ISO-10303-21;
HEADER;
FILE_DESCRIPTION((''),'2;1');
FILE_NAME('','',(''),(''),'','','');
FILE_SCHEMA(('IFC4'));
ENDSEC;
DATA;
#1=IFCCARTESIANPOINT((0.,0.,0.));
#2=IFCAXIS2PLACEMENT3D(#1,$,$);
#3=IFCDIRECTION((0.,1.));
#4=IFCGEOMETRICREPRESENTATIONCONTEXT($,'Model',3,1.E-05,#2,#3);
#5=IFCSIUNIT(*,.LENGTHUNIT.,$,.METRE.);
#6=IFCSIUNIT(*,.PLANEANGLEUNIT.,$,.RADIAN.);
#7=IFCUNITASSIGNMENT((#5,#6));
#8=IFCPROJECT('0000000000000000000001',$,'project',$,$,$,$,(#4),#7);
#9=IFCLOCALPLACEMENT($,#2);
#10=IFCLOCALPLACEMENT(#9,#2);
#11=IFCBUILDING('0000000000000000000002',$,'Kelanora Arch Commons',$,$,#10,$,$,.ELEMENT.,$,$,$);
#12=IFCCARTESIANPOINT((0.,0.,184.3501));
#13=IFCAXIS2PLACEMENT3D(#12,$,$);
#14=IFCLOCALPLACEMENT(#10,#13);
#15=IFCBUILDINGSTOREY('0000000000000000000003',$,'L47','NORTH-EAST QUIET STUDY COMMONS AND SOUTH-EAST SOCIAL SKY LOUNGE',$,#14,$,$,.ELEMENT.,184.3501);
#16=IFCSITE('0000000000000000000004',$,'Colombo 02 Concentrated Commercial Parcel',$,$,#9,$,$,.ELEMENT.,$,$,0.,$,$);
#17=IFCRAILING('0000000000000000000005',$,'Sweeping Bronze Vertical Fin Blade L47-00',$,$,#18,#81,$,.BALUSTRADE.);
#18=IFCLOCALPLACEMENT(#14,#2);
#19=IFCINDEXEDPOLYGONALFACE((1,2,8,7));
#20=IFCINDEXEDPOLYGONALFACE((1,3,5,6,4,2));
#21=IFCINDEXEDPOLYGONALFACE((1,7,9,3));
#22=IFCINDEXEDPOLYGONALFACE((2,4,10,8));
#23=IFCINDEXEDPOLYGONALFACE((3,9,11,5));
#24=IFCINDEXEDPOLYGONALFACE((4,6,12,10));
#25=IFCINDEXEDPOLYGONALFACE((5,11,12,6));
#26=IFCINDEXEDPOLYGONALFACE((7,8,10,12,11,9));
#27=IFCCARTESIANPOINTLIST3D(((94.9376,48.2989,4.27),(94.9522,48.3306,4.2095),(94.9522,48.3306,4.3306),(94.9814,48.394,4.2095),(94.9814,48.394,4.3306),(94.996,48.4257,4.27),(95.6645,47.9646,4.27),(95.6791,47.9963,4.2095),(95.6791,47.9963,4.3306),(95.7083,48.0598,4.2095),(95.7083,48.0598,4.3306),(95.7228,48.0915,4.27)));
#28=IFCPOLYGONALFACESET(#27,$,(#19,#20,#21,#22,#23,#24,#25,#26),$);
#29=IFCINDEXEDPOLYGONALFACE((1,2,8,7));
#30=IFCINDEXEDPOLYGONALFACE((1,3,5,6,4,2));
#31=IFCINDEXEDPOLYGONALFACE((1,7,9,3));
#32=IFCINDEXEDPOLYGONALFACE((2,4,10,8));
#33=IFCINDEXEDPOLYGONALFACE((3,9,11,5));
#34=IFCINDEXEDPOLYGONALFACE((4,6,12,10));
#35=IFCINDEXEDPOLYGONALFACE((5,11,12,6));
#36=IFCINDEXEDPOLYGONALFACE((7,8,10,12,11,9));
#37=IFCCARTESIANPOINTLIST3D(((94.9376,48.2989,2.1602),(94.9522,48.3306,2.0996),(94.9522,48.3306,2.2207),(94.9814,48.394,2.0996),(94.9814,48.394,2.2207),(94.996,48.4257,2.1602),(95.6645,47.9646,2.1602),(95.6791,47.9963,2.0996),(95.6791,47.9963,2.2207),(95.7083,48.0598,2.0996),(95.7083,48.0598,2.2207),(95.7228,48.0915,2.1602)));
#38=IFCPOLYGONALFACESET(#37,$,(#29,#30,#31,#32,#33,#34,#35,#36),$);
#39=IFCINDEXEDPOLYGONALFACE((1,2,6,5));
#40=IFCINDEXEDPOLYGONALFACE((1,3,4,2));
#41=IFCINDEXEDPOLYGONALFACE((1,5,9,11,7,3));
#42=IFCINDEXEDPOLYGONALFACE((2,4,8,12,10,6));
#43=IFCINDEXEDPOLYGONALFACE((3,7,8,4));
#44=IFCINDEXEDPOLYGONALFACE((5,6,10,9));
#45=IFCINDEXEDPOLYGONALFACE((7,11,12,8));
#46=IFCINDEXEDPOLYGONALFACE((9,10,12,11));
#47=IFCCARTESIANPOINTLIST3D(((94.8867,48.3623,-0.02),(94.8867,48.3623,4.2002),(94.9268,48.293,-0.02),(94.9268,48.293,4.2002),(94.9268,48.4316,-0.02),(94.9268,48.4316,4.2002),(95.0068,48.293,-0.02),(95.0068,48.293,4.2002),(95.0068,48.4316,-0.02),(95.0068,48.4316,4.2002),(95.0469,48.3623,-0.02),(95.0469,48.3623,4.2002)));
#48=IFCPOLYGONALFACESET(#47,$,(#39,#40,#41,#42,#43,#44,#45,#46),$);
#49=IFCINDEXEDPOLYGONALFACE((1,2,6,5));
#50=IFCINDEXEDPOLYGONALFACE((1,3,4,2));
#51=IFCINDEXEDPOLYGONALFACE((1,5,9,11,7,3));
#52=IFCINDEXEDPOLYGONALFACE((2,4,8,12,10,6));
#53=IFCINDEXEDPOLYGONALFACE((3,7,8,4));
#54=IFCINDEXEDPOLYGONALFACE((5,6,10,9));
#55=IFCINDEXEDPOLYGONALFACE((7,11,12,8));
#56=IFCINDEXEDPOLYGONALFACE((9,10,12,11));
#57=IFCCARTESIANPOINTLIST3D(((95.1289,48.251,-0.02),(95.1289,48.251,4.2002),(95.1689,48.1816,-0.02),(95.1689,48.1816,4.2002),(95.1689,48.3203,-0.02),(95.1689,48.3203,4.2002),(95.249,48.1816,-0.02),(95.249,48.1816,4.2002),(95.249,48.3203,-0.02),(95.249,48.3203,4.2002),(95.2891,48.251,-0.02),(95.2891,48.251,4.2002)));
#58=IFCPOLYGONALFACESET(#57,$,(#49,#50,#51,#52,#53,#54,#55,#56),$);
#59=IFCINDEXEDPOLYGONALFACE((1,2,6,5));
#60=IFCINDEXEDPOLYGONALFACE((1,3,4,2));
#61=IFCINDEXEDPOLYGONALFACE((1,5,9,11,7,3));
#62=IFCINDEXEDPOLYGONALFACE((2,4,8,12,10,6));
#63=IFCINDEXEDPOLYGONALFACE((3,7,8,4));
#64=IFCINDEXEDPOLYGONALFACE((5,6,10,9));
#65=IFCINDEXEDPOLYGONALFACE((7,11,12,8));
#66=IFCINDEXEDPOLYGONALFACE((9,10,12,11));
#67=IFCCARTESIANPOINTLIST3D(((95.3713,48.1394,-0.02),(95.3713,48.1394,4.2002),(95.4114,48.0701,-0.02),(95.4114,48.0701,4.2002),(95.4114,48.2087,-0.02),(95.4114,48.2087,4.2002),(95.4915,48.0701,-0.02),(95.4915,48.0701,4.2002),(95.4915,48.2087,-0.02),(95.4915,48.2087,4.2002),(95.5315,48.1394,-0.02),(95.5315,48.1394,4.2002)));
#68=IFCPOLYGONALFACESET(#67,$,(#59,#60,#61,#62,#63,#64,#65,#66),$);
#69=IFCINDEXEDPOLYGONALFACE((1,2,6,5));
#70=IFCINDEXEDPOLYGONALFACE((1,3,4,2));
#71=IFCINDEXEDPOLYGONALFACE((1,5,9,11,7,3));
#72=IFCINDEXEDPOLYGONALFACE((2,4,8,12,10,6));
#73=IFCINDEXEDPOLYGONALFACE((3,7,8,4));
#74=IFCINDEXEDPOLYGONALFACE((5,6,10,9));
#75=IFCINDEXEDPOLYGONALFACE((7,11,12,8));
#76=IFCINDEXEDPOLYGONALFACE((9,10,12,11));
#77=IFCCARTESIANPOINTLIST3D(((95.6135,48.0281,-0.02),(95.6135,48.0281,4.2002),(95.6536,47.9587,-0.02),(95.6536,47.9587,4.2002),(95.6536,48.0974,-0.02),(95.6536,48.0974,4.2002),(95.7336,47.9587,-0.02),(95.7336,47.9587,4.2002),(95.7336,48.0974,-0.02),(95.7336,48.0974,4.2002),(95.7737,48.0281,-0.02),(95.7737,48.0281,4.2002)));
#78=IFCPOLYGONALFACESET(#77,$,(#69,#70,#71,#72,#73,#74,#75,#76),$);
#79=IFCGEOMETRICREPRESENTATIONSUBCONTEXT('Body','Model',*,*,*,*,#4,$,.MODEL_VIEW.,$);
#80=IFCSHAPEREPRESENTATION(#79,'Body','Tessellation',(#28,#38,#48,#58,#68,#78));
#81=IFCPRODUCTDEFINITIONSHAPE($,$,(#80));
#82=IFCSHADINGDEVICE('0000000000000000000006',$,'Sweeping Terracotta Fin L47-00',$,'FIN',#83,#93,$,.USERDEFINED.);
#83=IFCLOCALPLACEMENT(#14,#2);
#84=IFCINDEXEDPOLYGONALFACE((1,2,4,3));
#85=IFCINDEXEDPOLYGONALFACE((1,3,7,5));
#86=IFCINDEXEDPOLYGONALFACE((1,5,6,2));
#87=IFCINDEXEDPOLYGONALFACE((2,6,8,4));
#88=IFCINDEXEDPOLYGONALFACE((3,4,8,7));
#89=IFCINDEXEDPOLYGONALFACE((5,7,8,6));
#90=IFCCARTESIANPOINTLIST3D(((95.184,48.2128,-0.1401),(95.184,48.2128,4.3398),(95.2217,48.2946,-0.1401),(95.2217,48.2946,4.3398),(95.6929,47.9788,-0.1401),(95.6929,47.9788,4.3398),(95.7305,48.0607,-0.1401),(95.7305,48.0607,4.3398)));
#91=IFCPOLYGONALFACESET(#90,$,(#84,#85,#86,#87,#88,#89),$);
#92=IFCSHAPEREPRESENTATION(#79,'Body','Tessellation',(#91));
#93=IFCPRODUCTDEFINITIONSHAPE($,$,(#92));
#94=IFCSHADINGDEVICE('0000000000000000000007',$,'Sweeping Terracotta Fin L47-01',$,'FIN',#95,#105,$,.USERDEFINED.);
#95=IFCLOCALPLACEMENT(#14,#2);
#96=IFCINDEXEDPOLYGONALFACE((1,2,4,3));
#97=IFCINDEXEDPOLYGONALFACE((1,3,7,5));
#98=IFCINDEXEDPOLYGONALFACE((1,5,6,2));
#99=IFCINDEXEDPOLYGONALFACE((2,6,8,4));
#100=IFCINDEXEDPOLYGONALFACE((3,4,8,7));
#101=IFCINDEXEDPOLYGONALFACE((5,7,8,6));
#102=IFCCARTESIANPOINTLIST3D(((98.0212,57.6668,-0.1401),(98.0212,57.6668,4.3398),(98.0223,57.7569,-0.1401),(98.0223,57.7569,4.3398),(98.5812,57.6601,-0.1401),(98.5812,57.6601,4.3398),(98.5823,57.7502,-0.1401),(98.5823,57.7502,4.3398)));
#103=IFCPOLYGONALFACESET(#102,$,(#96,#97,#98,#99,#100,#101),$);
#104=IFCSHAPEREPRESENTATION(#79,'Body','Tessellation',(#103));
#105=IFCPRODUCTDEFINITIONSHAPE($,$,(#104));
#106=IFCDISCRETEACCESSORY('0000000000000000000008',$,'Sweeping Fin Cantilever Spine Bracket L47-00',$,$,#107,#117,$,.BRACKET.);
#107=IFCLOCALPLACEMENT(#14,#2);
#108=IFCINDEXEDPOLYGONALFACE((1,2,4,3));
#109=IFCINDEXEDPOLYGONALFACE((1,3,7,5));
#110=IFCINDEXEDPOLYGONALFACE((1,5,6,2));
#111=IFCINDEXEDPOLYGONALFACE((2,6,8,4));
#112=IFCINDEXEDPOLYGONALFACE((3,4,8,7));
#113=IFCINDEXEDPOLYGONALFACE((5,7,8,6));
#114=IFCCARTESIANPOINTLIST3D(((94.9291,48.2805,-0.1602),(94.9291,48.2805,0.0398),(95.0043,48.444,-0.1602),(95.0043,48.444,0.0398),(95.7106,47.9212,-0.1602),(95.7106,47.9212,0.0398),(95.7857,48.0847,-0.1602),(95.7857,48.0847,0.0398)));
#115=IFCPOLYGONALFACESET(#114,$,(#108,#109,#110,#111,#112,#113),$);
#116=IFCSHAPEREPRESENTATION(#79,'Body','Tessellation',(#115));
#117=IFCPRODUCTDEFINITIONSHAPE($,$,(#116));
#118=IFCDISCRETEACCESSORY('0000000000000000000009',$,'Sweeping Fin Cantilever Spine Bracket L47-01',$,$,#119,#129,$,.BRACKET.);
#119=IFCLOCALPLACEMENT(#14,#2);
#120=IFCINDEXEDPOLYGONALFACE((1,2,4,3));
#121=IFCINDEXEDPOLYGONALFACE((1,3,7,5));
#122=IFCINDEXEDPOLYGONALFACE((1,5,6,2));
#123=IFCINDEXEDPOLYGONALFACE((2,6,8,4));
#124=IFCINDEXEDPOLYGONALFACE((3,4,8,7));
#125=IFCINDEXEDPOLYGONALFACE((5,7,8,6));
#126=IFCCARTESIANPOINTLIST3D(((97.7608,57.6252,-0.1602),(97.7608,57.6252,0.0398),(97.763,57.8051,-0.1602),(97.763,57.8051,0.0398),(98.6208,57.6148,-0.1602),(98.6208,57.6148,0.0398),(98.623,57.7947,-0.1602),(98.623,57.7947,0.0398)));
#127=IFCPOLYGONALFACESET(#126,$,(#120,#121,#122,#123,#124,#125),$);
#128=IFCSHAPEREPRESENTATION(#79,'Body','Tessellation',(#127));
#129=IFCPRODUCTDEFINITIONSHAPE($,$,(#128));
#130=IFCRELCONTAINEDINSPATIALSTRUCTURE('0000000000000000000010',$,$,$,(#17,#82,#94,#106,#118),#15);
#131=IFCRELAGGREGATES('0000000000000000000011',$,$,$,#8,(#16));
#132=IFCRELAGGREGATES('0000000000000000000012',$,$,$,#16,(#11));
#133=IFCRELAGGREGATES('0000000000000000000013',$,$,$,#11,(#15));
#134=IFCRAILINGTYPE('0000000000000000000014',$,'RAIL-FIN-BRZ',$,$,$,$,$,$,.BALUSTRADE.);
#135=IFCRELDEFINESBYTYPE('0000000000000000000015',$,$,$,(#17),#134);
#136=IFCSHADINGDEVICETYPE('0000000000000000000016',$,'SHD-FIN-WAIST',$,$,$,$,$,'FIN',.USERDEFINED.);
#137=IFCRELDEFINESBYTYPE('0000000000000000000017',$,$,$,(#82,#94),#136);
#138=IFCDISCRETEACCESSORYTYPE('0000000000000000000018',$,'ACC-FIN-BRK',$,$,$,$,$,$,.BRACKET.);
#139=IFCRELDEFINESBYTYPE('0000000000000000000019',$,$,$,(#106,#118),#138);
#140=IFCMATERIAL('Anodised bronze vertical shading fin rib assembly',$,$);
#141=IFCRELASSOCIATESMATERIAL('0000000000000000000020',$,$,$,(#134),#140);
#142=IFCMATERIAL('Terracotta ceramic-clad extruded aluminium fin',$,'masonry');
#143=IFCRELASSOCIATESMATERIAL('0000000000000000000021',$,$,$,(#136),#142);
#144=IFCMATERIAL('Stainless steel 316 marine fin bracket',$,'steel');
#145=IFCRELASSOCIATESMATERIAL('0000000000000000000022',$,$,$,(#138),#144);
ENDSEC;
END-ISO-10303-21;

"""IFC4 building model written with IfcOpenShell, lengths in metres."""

from ifc_helpers import new_model, si_unit, direction, frame, origin, origin_2d, place, context, subcontext, project, spatial, polyline, rectangle, outline, extrude, source, transform, mapped, material, type_object, element, save


model = new_model("IFC4")

# Units and contexts
model_context = context("Model", 3, precision=1e-05, world=origin(), true_north=direction((0.0, 1.0)))
body_context = subcontext(model_context, "Body", "Model", "MODEL_VIEW")
ifc_project = project(units=[si_unit("LENGTHUNIT", "METRE"), si_unit("PLANEANGLEUNIT", "RADIAN")], contexts=[model_context])

# Site, building, storey
site_placement = place(None, origin())
site = spatial("IfcSite", under=ifc_project, at=site_placement, Name="Colombo 02 Concentrated Commercial Parcel", CompositionType="ELEMENT", RefElevation=0.0)
building_placement = place(site_placement, origin())
building = spatial("IfcBuilding", under=site, at=building_placement, Name="Kelanora Arch Commons", CompositionType="ELEMENT")
storey_placement = place(building_placement, frame((0.0, 0.0, 184.3501)))
storey = spatial("IfcBuildingStorey", under=building, at=storey_placement, Name="L47", Description="NORTH-EAST QUIET STUDY COMMONS AND SOUTH-EAST SOCIAL SKY LOUNGE", CompositionType="ELEMENT", Elevation=184.3501)

# Railing
ifc_material_1 = material(Name="Anodised bronze vertical shading fin rib assembly")
railing_type = type_object("IfcRailingType", Name="RAIL-FIN-BRZ", PredefinedType="BALUSTRADE", material=ifc_material_1)
railing_placement = place(storey_placement, frame((94.9668, 48.3623, -0.02)))
element("IfcRailing", 1, at=railing_placement, inside=storey, type_object=railing_type, Name="Sweeping Bronze Vertical Fin Blade L47-00", PredefinedType="BALUSTRADE", context=body_context, shape_type="SweptSolid", body=[
    extrude(outline(polyline([(0.0698, 0.0), (0.0349, 0.0605), (-0.0349, 0.0605), (-0.0698, 0.0), (-0.0349, -0.0605), (0.0349, -0.0605), (0.0698, 0.0)])), frame((0.0, 0.0, 4.29), z_axis=(0.908539, -0.4178, 0.0), x_axis=(0.4178, 0.908539, 0.0)), (0.0, 0.0, 1.0), 0.8),
    extrude(outline(polyline([(0.0698, 0.0), (0.0349, 0.0605), (-0.0349, 0.0605), (-0.0698, 0.0), (-0.0349, -0.0605), (0.0349, -0.0605), (0.0698, 0.0)])), frame((0.0, 0.0, 2.1802), z_axis=(0.908539, -0.4178, 0.0), x_axis=(0.4178, 0.908539, 0.0)), (0.0, 0.0, 1.0), 0.8),
    extrude(outline(polyline([(0.0801, 0.0), (0.04, 0.0693), (-0.04, 0.0693), (-0.0801, 0.0), (-0.04, -0.0693), (0.04, -0.0693), (0.0801, 0.0)])), origin(), (0.0, 0.0, 1.0), 4.2202),
    extrude(outline(polyline([(0.0801, 0.0), (0.04, 0.0693), (-0.04, 0.0693), (-0.0801, 0.0), (-0.04, -0.0693), (0.04, -0.0693), (0.0801, 0.0)])), frame((0.2422, -0.1113, 0.0)), (0.0, 0.0, 1.0), 4.2202),
    extrude(outline(polyline([(0.0801, 0.0), (0.04, 0.0693), (-0.04, 0.0693), (-0.0801, 0.0), (-0.04, -0.0693), (0.04, -0.0693), (0.0801, 0.0)])), frame((0.4846, -0.2229, 0.0)), (0.0, 0.0, 1.0), 4.2202),
    extrude(outline(polyline([(0.0801, 0.0), (0.04, 0.0693), (-0.04, 0.0693), (-0.0801, 0.0), (-0.04, -0.0693), (0.04, -0.0693), (0.0801, 0.0)])), frame((0.7268, -0.3342, 0.0)), (0.0, 0.0, 1.0), 4.2202),
])

# Shading devices
ifc_material_2 = material(Name="Terracotta ceramic-clad extruded aluminium fin", Category="masonry")
shading_device_type = type_object("IfcShadingDeviceType", Name="SHD-FIN-WAIST", ElementType="FIN", PredefinedType="USERDEFINED", material=ifc_material_2)
shared_shape_1 = source(origin(), body_context, "Body", "SweptSolid", [
    extrude(rectangle(XDim=0.5601, YDim=0.0901, at=origin_2d()), origin(), (0.0, 0.0, 1.0), 4.48),
])
for number, where, z_axis, x_axis, name in (
    (2, (95.4573, 48.1367, -0.1401), (0.0, 0.0, 1.0), (0.908581, -0.417709, 0.0), "Sweeping Terracotta Fin L47-00"),
    (3, (98.3018, 57.7085, -0.1401), (0.0, 0.0, 1.0), (0.999927, -0.012042, 0.0), "Sweeping Terracotta Fin L47-01"),
):
    element("IfcShadingDevice", number, at=place(storey_placement, frame(where, z_axis=z_axis, x_axis=x_axis)), inside=storey, type_object=shading_device_type, Name=name, ObjectType="FIN", PredefinedType="USERDEFINED", context=body_context, shape_type="MappedRepresentation", body=[
        mapped(shared_shape_1, transform((0.0, 0.0, 0.0), scale=1.0)),
    ])

# Discrete accessories
ifc_material_3 = material(Name="Stainless steel 316 marine fin bracket", Category="steel")
discrete_accessory_type = type_object("IfcDiscreteAccessoryType", Name="ACC-FIN-BRK", PredefinedType="BRACKET", material=ifc_material_3)
shared_shape_2 = source(origin(), body_context, "Body", "SweptSolid", [
    extrude(rectangle(XDim=0.8601, YDim=0.1799, at=origin_2d()), origin(), (0.0, 0.0, 1.0), 0.2),
])
for number, where, z_axis, x_axis, name in (
    (4, (95.3574, 48.1826, -0.1602), (0.0, 0.0, 1.0), (0.908581, -0.417709, 0.0), "Sweeping Fin Cantilever Spine Bracket L47-00"),
    (5, (98.1919, 57.71, -0.1602), (0.0, 0.0, 1.0), (0.999927, -0.012042, 0.0), "Sweeping Fin Cantilever Spine Bracket L47-01"),
):
    element("IfcDiscreteAccessory", number, at=place(storey_placement, frame(where, z_axis=z_axis, x_axis=x_axis)), inside=storey, type_object=discrete_accessory_type, Name=name, PredefinedType="BRACKET", context=body_context, shape_type="MappedRepresentation", body=[
        mapped(shared_shape_2, transform((0.0, 0.0, 0.0), scale=1.0)),
    ])

save(model, "model.ifc")
